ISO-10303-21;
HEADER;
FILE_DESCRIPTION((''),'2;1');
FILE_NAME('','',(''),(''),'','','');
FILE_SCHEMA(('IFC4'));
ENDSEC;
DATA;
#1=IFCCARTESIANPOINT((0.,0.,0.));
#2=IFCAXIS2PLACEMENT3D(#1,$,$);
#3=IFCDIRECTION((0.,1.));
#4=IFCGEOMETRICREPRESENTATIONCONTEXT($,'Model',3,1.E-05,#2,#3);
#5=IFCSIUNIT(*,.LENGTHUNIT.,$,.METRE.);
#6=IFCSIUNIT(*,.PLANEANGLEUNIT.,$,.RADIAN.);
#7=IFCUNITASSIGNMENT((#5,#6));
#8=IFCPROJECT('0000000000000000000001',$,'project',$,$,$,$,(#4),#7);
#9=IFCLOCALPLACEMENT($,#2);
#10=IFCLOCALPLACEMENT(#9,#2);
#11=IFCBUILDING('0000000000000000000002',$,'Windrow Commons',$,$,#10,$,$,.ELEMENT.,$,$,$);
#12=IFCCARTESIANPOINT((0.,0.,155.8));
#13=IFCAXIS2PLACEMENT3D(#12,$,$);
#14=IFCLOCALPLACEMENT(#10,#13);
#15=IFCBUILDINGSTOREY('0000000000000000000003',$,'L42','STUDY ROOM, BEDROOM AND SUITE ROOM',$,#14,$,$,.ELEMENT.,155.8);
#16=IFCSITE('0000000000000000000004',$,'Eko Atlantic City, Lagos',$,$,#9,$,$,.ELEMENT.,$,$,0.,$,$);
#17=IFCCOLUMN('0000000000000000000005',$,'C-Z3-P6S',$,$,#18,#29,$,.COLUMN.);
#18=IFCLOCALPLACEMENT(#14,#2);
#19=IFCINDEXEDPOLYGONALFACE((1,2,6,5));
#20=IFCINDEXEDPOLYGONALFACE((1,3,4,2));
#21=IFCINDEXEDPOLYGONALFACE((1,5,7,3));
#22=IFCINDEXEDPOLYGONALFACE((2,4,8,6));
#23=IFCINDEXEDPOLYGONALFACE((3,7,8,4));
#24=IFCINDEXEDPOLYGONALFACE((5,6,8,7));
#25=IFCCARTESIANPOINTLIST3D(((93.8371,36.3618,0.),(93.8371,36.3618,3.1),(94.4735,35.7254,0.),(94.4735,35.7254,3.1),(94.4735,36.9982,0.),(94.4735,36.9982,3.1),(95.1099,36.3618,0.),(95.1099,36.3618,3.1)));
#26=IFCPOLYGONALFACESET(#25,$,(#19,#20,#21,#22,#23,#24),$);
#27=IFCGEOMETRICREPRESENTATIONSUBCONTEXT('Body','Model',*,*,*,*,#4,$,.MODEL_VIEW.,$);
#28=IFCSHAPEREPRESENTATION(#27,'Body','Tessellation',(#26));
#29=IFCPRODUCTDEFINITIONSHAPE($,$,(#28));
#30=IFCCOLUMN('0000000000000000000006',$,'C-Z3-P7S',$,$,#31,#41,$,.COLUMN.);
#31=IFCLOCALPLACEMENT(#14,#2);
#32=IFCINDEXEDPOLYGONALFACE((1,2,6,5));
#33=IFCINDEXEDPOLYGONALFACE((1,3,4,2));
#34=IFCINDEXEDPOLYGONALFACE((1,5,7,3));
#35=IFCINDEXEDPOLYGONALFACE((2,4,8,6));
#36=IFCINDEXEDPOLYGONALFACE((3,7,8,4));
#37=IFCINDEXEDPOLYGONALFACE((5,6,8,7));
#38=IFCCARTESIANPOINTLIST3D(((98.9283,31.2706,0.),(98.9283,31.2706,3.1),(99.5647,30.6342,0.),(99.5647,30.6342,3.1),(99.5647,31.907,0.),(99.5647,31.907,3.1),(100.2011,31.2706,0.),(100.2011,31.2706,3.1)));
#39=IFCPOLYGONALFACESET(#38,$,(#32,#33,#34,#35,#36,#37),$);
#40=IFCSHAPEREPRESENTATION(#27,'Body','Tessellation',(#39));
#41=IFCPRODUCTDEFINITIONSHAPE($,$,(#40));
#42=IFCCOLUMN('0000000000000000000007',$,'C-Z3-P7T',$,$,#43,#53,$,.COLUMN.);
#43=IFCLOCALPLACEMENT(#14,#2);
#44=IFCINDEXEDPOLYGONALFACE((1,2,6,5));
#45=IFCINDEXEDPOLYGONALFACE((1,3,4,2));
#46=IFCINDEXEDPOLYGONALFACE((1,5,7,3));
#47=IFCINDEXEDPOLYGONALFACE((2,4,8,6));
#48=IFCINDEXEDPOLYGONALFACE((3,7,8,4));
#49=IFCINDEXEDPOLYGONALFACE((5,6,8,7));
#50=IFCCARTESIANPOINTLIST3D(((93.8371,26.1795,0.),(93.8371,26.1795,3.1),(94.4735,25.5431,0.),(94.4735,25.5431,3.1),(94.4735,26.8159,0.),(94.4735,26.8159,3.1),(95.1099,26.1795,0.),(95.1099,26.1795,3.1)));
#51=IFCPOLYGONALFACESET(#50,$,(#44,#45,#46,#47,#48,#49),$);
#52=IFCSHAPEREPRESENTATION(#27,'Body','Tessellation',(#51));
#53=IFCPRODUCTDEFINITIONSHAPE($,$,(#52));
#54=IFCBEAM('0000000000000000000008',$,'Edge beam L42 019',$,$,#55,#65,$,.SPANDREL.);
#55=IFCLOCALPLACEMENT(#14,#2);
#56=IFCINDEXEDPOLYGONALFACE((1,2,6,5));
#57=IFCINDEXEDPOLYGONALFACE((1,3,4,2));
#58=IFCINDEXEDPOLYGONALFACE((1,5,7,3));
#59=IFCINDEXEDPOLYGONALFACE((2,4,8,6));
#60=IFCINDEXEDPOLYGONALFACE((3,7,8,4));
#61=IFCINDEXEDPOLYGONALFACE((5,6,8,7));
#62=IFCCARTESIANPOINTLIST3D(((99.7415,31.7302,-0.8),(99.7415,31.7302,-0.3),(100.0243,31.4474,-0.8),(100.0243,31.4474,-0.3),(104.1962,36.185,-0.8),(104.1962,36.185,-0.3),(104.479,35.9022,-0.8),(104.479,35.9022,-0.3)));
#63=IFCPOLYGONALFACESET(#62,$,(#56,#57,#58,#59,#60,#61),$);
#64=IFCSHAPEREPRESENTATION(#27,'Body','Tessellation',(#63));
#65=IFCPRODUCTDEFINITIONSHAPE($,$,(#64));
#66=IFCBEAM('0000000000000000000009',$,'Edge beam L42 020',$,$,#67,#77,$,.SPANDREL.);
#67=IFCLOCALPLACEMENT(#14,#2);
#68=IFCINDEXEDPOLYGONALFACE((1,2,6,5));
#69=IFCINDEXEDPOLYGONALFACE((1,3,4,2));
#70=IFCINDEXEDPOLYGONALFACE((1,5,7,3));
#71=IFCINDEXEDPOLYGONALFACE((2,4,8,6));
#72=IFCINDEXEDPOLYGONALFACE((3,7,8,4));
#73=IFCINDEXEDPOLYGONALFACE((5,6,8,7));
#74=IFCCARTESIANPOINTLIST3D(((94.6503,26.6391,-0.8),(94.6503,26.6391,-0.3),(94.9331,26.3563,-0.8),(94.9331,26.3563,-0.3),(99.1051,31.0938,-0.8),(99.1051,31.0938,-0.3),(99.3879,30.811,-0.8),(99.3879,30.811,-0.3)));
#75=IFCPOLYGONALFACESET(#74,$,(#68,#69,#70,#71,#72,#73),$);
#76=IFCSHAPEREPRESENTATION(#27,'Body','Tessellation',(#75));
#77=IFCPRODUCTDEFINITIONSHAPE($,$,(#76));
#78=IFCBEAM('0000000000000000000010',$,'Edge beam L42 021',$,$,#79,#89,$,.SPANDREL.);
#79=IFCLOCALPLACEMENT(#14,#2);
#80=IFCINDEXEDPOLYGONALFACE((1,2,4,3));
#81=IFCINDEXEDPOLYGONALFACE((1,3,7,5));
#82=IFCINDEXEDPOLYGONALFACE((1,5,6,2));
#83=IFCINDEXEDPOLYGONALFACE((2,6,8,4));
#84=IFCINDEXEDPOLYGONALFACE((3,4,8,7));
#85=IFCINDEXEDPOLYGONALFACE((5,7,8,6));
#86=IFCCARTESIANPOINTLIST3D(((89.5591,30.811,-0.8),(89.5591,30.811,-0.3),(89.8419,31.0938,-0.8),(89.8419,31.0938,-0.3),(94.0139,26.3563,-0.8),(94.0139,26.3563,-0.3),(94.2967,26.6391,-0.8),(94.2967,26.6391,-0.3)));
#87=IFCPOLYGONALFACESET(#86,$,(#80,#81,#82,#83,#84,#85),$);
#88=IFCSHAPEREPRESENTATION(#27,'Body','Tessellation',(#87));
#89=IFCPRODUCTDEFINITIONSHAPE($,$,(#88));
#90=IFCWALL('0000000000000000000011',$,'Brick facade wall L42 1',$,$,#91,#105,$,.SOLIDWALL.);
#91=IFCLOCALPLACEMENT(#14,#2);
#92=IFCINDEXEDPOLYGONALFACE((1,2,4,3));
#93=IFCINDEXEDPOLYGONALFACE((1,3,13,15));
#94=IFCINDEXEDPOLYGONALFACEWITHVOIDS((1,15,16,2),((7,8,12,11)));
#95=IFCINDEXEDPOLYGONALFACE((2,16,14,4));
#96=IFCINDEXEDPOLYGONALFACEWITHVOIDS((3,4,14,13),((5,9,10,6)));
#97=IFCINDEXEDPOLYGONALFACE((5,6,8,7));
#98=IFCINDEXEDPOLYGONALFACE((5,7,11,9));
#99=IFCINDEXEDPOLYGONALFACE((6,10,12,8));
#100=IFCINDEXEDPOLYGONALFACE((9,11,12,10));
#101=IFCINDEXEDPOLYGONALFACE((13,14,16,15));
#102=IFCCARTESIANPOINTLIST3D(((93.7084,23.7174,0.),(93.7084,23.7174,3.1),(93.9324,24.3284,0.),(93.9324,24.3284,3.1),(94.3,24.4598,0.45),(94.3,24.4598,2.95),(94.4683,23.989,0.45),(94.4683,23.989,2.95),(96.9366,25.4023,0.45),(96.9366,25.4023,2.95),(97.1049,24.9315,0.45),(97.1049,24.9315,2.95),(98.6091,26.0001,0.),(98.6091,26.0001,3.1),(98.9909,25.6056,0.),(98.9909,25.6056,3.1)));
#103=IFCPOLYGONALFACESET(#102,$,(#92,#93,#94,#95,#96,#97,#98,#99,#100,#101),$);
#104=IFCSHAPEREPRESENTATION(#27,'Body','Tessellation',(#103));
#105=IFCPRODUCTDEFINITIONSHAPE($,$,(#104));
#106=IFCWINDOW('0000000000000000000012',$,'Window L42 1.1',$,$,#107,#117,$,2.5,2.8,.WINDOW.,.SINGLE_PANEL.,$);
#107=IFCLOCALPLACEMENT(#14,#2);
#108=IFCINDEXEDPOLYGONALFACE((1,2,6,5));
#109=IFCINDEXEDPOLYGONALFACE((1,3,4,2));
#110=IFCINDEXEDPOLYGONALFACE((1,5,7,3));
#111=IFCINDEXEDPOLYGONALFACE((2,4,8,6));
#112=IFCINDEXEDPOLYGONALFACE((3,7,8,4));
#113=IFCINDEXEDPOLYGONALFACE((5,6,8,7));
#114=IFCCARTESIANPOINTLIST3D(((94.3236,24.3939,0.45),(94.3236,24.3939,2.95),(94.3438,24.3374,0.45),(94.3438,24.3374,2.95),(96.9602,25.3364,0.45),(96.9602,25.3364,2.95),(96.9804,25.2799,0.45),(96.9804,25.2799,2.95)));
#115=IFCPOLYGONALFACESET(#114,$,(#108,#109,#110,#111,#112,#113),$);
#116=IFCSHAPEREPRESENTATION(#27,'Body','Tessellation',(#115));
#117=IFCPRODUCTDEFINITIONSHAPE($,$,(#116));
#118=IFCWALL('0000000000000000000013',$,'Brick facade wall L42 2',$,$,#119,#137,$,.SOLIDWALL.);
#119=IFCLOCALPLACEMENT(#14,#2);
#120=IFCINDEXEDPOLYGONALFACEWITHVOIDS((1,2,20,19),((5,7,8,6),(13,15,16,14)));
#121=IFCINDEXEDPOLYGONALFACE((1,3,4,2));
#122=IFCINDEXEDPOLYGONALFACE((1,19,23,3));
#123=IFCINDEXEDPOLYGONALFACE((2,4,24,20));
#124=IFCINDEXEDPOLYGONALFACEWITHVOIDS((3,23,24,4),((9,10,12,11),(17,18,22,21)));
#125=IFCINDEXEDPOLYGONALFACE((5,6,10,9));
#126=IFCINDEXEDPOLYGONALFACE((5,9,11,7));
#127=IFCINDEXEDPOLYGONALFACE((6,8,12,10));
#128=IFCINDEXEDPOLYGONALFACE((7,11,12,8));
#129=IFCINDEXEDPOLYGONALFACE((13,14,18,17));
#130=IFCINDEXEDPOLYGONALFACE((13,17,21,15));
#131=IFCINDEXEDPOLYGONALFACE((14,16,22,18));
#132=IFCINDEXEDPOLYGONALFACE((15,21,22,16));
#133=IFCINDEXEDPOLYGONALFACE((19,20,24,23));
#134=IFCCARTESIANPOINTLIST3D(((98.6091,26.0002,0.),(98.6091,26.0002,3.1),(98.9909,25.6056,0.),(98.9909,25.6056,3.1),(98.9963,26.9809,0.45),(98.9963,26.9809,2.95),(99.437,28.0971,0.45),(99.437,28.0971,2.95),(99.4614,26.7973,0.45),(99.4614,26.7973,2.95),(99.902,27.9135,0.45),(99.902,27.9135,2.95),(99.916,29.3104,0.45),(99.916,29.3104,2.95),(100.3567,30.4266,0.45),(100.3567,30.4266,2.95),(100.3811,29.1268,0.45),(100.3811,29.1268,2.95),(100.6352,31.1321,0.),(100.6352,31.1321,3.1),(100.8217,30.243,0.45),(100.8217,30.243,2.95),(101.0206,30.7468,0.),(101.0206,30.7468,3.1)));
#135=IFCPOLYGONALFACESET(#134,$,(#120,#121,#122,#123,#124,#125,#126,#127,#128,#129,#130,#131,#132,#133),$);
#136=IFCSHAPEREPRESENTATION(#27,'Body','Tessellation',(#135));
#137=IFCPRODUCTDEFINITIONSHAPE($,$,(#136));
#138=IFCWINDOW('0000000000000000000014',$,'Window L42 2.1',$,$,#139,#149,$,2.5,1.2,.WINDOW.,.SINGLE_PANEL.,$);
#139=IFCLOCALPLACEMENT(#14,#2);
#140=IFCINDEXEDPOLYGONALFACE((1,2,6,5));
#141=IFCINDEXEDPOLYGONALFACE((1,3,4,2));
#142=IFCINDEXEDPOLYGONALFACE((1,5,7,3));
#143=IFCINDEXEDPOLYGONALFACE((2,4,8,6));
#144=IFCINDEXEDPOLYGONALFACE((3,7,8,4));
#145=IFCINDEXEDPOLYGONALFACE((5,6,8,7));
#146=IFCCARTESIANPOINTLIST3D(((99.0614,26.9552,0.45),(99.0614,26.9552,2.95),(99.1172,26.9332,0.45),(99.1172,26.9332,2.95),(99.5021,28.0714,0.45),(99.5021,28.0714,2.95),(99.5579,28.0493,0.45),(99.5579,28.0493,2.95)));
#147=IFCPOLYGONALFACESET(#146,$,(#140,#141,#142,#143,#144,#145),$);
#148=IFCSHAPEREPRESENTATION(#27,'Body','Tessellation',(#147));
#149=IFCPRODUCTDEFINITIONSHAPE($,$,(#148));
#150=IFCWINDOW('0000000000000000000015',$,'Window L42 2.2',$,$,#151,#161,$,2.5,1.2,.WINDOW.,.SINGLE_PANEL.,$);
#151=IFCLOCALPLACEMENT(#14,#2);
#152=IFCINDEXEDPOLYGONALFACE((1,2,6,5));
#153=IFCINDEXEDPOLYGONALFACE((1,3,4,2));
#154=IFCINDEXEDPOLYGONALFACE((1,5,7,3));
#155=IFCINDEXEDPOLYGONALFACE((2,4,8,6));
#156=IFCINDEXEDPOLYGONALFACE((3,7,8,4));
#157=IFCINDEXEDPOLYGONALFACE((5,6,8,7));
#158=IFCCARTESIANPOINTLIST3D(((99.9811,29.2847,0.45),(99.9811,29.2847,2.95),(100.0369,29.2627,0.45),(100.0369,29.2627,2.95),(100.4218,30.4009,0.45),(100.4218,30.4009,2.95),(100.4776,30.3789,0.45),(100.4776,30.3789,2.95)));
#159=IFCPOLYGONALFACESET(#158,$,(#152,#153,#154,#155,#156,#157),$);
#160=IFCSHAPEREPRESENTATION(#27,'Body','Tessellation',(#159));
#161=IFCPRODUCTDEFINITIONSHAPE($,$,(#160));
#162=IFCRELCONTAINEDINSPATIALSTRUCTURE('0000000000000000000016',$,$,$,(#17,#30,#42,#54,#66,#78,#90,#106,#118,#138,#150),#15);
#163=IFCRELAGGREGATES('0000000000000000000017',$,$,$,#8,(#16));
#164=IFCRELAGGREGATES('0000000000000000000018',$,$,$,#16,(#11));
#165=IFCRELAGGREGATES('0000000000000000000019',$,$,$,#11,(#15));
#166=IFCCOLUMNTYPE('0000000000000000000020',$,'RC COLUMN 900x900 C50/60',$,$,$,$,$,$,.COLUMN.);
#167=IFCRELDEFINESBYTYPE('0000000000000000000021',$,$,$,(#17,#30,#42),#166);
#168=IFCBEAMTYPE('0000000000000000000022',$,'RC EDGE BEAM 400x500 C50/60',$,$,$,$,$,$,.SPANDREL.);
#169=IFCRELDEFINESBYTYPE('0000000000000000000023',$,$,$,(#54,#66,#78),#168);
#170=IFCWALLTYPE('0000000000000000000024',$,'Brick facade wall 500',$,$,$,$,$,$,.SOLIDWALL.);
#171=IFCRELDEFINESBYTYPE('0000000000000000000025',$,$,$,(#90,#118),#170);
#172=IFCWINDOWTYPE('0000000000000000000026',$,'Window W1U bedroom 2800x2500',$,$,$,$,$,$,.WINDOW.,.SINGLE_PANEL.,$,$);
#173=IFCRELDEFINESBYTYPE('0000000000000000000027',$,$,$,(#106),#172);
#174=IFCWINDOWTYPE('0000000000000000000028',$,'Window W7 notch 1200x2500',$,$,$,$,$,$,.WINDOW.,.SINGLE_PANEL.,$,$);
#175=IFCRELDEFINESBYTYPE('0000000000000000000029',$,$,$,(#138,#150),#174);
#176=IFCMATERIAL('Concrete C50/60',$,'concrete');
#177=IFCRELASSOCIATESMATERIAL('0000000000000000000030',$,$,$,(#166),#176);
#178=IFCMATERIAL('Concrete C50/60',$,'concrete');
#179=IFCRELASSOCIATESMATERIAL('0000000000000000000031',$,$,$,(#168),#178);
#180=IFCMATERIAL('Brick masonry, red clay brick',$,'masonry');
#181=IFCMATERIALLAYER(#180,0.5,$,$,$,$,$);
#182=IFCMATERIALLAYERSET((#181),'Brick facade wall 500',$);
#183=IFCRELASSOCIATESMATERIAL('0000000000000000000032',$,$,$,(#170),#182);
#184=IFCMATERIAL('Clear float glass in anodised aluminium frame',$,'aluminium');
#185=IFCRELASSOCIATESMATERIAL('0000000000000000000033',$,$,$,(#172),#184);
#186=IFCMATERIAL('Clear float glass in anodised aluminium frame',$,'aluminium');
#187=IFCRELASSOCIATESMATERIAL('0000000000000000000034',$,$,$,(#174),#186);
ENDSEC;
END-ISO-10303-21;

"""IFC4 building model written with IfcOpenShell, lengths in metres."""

from ifc_helpers import new_model, si_unit, direction, frame, frame_2d, origin, origin_2d, place, context, subcontext, project, spatial, polyline, rectangle, outline, extrude, material, layer, layer_set, material_profile, profile_set, type_object, element, fill, save


model = new_model("IFC4")

# Units and contexts
model_context = context("Model", 3, precision=1e-05, world=origin(), true_north=direction((0.0, 1.0)))
body_context = subcontext(model_context, "Body", "Model", "MODEL_VIEW")
ifc_project = project(units=[si_unit("LENGTHUNIT", "METRE"), si_unit("PLANEANGLEUNIT", "RADIAN")], contexts=[model_context])

# Site, building, storey
site_placement = place(None, origin())
site = spatial("IfcSite", under=ifc_project, at=site_placement, Name="Eko Atlantic City, Lagos", CompositionType="ELEMENT", RefElevation=0.0)
building_placement = place(site_placement, origin())
building = spatial("IfcBuilding", under=site, at=building_placement, Name="Windrow Commons", CompositionType="ELEMENT")
storey_placement = place(building_placement, frame((0.0, 0.0, 155.8)))
storey = spatial("IfcBuildingStorey", under=building, at=storey_placement, Name="L42", Description="STUDY ROOM, BEDROOM AND SUITE ROOM", CompositionType="ELEMENT", Elevation=155.8)

# Columns
ifc_material_1 = material(Name="Concrete C50/60", Category="concrete")
ifc_material_profile_1 = material_profile(ifc_material_1, rectangle(XDim=0.9, YDim=0.9, at=origin_2d()))
ifc_profile_set_1 = profile_set([ifc_material_profile_1], Name="Concrete C50/60")
column_type = type_object("IfcColumnType", Name="RC COLUMN 900x900 C50/60", PredefinedType="COLUMN", material=ifc_profile_set_1)
for number, where, z_axis, x_axis, name in (
    (1, (94.4735, 36.3618, 0.0), (0.0, 0.0, 1.0), (0.707107, -0.707107, 0.0), "C-Z3-P6S"),
    (2, (99.5647, 31.2706, 0.0), (0.0, 0.0, 1.0), (0.707107, -0.707107, 0.0), "C-Z3-P7S"),
    (3, (94.4735, 26.1795, 0.0), (0.0, 0.0, 1.0), (0.707107, -0.707107, 0.0), "C-Z3-P7T"),
):
    element("IfcColumn", number, at=place(storey_placement, frame(where, z_axis=z_axis, x_axis=x_axis)), inside=storey, type_object=column_type, Name=name, PredefinedType="COLUMN", context=body_context, shape_type="SweptSolid", body=[
        extrude(rectangle(XDim=0.9, YDim=0.9, at=origin_2d()), origin(), (0.0, 0.0, 1.0), 3.1),
    ])

# Beams
ifc_material_2 = material(Name="Concrete C50/60", Category="concrete")
ifc_material_profile_2 = material_profile(ifc_material_2, rectangle(XDim=0.4, YDim=0.5, at=origin_2d()))
ifc_profile_set_2 = profile_set([ifc_material_profile_2], Name="Concrete C50/60")
beam_type = type_object("IfcBeamType", Name="RC EDGE BEAM 400x500 C50/60", PredefinedType="SPANDREL", material=ifc_profile_set_2)
for number, where, z_axis, x_axis, name in (
    (4, (104.3376, 36.0436, -0.55), (-0.707099, -0.707115, 0.0), (0.707115, -0.707099, 0.0), "Edge beam L42 019"),
    (5, (99.2465, 30.9524, -0.55), (-0.707115, -0.707099, 0.0), (0.707099, -0.707115, 0.0), "Edge beam L42 020"),
    (6, (94.1553, 26.4977, -0.55), (-0.707115, 0.707099, 0.0), (-0.707099, -0.707115, 0.0), "Edge beam L42 021"),
):
    element("IfcBeam", number, at=place(storey_placement, frame(where, z_axis=z_axis, x_axis=x_axis)), inside=storey, type_object=beam_type, Name=name, PredefinedType="SPANDREL", context=body_context, shape_type="SweptSolid", body=[
        extrude(rectangle(XDim=0.4, YDim=0.5, at=origin_2d()), origin(), (0.0, 0.0, 1.0), 6.3),
    ])

# Wall, opening, window
ifc_material_3 = material(Name="Brick masonry, red clay brick", Category="masonry")
ifc_layer_1 = layer(ifc_material_3, 0.5)
ifc_layer_set_1 = layer_set([ifc_layer_1], Name="Brick facade wall 500")
wall_type_1 = type_object("IfcWallType", Name="Brick facade wall 500", PredefinedType="SOLIDWALL", material=ifc_layer_set_1)
wall_1_placement = place(storey_placement, frame((93.8204, 24.0229, 0.0), z_axis=(0.0, 0.0, 1.0), x_axis=(0.941648, 0.3366, 0.0)))
wall_1 = element("IfcWall", 7, at=wall_1_placement, inside=storey, type_object=wall_type_1, Name="Brick facade wall L42 1", PredefinedType="SOLIDWALL", context=body_context, shape_type="SweptSolid", body=[
    extrude(outline(polyline([(-0.2083, -0.25), (5.4015, -0.25), (5.1748, 0.25), (0.2083, 0.25), (-0.2083, -0.25)])), origin(), (0.0, 0.0, 1.0), 3.1),
])
opening_1_placement = place(wall_1_placement, frame((0.5987, 0.0, 0.45)))
opening_1 = element("IfcOpeningElement", 8, at=opening_1_placement, cuts=wall_1, PredefinedType="OPENING", context=body_context, shape_type="SweptSolid", body=[
    extrude(rectangle(XDim=2.8, YDim=2.5, at=frame_2d((1.4, 1.25))), frame((0.0, 0.26, 0.0), z_axis=(0.0, -1.0, 0.0), x_axis=(1.0, 0.0, 0.0)), (0.0, 0.0, 1.0), 0.52),
])
ifc_material_4 = material(Name="Clear float glass in anodised aluminium frame", Category="aluminium")
window_type_1 = type_object("IfcWindowType", Name="Window W1U bedroom 2800x2500", PartitioningType="SINGLE_PANEL", PredefinedType="WINDOW", material=ifc_material_4)
window_1_placement = place(opening_1_placement, origin())
window_1 = element("IfcWindow", 9, at=window_1_placement, inside=storey, type_object=window_type_1, Name="Window L42 1.1", OverallHeight=2.5, OverallWidth=2.8, PartitioningType="SINGLE_PANEL", PredefinedType="WINDOW", context=body_context, shape_type="SweptSolid", body=[
    extrude(rectangle(XDim=2.8, YDim=2.5, at=frame_2d((1.4, 1.25))), frame((0.0, 0.18, 0.0), z_axis=(0.0, -1.0, 0.0), x_axis=(1.0, 0.0, 0.0)), (0.0, 0.0, 1.0), 0.06),
])
fill(opening_1, window_1)

# Wall, openings, windows
wall_2_placement = place(storey_placement, frame((98.8, 25.8029, 0.0), z_axis=(0.0, 0.0, 1.0), x_axis=(0.367219, 0.930135, 0.0)))
wall_2 = element("IfcWall", 10, at=wall_2_placement, inside=storey, type_object=wall_type_1, Name="Brick facade wall L42 2", PredefinedType="SOLIDWALL", context=body_context, shape_type="SweptSolid", body=[
    extrude(outline(polyline([(-0.1134, -0.25), (5.4139, -0.25), (5.6308, 0.25), (0.1134, 0.25), (-0.1134, -0.25)])), origin(), (0.0, 0.0, 1.0), 3.1),
])
opening_2_placement = place(wall_2_placement, frame((1.1678, 0.0, 0.45)))
opening_2 = element("IfcOpeningElement", 11, at=opening_2_placement, cuts=wall_2, PredefinedType="OPENING", context=body_context, shape_type="SweptSolid", body=[
    extrude(rectangle(XDim=1.2, YDim=2.5, at=frame_2d((0.6, 1.25))), frame((0.0, 0.26, 0.0), z_axis=(0.0, -1.0, 0.0), x_axis=(1.0, 0.0, 0.0)), (0.0, 0.0, 1.0), 0.52),
])
opening_3_placement = place(wall_2_placement, frame((3.6723, 0.0, 0.45)))
opening_3 = element("IfcOpeningElement", 12, at=opening_3_placement, cuts=wall_2, PredefinedType="OPENING", context=body_context, shape_type="SweptSolid", body=[
    extrude(rectangle(XDim=1.2, YDim=2.5, at=frame_2d((0.6, 1.25))), frame((0.0, 0.26, 0.0), z_axis=(0.0, -1.0, 0.0), x_axis=(1.0, 0.0, 0.0)), (0.0, 0.0, 1.0), 0.52),
])
ifc_material_5 = material(Name="Clear float glass in anodised aluminium frame", Category="aluminium")
window_type_2 = type_object("IfcWindowType", Name="Window W7 notch 1200x2500", PartitioningType="SINGLE_PANEL", PredefinedType="WINDOW", material=ifc_material_5)
window_2_placement = place(opening_2_placement, origin())
window_2 = element("IfcWindow", 13, at=window_2_placement, inside=storey, type_object=window_type_2, Name="Window L42 2.1", OverallHeight=2.5, OverallWidth=1.2, PartitioningType="SINGLE_PANEL", PredefinedType="WINDOW", context=body_context, shape_type="SweptSolid", body=[
    extrude(rectangle(XDim=1.2, YDim=2.5, at=frame_2d((0.6, 1.25))), frame((0.0, 0.18, 0.0), z_axis=(0.0, -1.0, 0.0), x_axis=(1.0, 0.0, 0.0)), (0.0, 0.0, 1.0), 0.06),
])
fill(opening_2, window_2)
window_3_placement = place(opening_3_placement, origin())
window_3 = element("IfcWindow", 14, at=window_3_placement, inside=storey, type_object=window_type_2, Name="Window L42 2.2", OverallHeight=2.5, OverallWidth=1.2, PartitioningType="SINGLE_PANEL", PredefinedType="WINDOW", context=body_context, shape_type="SweptSolid", body=[
    extrude(rectangle(XDim=1.2, YDim=2.5, at=frame_2d((0.6, 1.25))), frame((0.0, 0.18, 0.0), z_axis=(0.0, -1.0, 0.0), x_axis=(1.0, 0.0, 0.0)), (0.0, 0.0, 1.0), 0.06),
])
fill(opening_3, window_3)

save(model, "model.ifc")
